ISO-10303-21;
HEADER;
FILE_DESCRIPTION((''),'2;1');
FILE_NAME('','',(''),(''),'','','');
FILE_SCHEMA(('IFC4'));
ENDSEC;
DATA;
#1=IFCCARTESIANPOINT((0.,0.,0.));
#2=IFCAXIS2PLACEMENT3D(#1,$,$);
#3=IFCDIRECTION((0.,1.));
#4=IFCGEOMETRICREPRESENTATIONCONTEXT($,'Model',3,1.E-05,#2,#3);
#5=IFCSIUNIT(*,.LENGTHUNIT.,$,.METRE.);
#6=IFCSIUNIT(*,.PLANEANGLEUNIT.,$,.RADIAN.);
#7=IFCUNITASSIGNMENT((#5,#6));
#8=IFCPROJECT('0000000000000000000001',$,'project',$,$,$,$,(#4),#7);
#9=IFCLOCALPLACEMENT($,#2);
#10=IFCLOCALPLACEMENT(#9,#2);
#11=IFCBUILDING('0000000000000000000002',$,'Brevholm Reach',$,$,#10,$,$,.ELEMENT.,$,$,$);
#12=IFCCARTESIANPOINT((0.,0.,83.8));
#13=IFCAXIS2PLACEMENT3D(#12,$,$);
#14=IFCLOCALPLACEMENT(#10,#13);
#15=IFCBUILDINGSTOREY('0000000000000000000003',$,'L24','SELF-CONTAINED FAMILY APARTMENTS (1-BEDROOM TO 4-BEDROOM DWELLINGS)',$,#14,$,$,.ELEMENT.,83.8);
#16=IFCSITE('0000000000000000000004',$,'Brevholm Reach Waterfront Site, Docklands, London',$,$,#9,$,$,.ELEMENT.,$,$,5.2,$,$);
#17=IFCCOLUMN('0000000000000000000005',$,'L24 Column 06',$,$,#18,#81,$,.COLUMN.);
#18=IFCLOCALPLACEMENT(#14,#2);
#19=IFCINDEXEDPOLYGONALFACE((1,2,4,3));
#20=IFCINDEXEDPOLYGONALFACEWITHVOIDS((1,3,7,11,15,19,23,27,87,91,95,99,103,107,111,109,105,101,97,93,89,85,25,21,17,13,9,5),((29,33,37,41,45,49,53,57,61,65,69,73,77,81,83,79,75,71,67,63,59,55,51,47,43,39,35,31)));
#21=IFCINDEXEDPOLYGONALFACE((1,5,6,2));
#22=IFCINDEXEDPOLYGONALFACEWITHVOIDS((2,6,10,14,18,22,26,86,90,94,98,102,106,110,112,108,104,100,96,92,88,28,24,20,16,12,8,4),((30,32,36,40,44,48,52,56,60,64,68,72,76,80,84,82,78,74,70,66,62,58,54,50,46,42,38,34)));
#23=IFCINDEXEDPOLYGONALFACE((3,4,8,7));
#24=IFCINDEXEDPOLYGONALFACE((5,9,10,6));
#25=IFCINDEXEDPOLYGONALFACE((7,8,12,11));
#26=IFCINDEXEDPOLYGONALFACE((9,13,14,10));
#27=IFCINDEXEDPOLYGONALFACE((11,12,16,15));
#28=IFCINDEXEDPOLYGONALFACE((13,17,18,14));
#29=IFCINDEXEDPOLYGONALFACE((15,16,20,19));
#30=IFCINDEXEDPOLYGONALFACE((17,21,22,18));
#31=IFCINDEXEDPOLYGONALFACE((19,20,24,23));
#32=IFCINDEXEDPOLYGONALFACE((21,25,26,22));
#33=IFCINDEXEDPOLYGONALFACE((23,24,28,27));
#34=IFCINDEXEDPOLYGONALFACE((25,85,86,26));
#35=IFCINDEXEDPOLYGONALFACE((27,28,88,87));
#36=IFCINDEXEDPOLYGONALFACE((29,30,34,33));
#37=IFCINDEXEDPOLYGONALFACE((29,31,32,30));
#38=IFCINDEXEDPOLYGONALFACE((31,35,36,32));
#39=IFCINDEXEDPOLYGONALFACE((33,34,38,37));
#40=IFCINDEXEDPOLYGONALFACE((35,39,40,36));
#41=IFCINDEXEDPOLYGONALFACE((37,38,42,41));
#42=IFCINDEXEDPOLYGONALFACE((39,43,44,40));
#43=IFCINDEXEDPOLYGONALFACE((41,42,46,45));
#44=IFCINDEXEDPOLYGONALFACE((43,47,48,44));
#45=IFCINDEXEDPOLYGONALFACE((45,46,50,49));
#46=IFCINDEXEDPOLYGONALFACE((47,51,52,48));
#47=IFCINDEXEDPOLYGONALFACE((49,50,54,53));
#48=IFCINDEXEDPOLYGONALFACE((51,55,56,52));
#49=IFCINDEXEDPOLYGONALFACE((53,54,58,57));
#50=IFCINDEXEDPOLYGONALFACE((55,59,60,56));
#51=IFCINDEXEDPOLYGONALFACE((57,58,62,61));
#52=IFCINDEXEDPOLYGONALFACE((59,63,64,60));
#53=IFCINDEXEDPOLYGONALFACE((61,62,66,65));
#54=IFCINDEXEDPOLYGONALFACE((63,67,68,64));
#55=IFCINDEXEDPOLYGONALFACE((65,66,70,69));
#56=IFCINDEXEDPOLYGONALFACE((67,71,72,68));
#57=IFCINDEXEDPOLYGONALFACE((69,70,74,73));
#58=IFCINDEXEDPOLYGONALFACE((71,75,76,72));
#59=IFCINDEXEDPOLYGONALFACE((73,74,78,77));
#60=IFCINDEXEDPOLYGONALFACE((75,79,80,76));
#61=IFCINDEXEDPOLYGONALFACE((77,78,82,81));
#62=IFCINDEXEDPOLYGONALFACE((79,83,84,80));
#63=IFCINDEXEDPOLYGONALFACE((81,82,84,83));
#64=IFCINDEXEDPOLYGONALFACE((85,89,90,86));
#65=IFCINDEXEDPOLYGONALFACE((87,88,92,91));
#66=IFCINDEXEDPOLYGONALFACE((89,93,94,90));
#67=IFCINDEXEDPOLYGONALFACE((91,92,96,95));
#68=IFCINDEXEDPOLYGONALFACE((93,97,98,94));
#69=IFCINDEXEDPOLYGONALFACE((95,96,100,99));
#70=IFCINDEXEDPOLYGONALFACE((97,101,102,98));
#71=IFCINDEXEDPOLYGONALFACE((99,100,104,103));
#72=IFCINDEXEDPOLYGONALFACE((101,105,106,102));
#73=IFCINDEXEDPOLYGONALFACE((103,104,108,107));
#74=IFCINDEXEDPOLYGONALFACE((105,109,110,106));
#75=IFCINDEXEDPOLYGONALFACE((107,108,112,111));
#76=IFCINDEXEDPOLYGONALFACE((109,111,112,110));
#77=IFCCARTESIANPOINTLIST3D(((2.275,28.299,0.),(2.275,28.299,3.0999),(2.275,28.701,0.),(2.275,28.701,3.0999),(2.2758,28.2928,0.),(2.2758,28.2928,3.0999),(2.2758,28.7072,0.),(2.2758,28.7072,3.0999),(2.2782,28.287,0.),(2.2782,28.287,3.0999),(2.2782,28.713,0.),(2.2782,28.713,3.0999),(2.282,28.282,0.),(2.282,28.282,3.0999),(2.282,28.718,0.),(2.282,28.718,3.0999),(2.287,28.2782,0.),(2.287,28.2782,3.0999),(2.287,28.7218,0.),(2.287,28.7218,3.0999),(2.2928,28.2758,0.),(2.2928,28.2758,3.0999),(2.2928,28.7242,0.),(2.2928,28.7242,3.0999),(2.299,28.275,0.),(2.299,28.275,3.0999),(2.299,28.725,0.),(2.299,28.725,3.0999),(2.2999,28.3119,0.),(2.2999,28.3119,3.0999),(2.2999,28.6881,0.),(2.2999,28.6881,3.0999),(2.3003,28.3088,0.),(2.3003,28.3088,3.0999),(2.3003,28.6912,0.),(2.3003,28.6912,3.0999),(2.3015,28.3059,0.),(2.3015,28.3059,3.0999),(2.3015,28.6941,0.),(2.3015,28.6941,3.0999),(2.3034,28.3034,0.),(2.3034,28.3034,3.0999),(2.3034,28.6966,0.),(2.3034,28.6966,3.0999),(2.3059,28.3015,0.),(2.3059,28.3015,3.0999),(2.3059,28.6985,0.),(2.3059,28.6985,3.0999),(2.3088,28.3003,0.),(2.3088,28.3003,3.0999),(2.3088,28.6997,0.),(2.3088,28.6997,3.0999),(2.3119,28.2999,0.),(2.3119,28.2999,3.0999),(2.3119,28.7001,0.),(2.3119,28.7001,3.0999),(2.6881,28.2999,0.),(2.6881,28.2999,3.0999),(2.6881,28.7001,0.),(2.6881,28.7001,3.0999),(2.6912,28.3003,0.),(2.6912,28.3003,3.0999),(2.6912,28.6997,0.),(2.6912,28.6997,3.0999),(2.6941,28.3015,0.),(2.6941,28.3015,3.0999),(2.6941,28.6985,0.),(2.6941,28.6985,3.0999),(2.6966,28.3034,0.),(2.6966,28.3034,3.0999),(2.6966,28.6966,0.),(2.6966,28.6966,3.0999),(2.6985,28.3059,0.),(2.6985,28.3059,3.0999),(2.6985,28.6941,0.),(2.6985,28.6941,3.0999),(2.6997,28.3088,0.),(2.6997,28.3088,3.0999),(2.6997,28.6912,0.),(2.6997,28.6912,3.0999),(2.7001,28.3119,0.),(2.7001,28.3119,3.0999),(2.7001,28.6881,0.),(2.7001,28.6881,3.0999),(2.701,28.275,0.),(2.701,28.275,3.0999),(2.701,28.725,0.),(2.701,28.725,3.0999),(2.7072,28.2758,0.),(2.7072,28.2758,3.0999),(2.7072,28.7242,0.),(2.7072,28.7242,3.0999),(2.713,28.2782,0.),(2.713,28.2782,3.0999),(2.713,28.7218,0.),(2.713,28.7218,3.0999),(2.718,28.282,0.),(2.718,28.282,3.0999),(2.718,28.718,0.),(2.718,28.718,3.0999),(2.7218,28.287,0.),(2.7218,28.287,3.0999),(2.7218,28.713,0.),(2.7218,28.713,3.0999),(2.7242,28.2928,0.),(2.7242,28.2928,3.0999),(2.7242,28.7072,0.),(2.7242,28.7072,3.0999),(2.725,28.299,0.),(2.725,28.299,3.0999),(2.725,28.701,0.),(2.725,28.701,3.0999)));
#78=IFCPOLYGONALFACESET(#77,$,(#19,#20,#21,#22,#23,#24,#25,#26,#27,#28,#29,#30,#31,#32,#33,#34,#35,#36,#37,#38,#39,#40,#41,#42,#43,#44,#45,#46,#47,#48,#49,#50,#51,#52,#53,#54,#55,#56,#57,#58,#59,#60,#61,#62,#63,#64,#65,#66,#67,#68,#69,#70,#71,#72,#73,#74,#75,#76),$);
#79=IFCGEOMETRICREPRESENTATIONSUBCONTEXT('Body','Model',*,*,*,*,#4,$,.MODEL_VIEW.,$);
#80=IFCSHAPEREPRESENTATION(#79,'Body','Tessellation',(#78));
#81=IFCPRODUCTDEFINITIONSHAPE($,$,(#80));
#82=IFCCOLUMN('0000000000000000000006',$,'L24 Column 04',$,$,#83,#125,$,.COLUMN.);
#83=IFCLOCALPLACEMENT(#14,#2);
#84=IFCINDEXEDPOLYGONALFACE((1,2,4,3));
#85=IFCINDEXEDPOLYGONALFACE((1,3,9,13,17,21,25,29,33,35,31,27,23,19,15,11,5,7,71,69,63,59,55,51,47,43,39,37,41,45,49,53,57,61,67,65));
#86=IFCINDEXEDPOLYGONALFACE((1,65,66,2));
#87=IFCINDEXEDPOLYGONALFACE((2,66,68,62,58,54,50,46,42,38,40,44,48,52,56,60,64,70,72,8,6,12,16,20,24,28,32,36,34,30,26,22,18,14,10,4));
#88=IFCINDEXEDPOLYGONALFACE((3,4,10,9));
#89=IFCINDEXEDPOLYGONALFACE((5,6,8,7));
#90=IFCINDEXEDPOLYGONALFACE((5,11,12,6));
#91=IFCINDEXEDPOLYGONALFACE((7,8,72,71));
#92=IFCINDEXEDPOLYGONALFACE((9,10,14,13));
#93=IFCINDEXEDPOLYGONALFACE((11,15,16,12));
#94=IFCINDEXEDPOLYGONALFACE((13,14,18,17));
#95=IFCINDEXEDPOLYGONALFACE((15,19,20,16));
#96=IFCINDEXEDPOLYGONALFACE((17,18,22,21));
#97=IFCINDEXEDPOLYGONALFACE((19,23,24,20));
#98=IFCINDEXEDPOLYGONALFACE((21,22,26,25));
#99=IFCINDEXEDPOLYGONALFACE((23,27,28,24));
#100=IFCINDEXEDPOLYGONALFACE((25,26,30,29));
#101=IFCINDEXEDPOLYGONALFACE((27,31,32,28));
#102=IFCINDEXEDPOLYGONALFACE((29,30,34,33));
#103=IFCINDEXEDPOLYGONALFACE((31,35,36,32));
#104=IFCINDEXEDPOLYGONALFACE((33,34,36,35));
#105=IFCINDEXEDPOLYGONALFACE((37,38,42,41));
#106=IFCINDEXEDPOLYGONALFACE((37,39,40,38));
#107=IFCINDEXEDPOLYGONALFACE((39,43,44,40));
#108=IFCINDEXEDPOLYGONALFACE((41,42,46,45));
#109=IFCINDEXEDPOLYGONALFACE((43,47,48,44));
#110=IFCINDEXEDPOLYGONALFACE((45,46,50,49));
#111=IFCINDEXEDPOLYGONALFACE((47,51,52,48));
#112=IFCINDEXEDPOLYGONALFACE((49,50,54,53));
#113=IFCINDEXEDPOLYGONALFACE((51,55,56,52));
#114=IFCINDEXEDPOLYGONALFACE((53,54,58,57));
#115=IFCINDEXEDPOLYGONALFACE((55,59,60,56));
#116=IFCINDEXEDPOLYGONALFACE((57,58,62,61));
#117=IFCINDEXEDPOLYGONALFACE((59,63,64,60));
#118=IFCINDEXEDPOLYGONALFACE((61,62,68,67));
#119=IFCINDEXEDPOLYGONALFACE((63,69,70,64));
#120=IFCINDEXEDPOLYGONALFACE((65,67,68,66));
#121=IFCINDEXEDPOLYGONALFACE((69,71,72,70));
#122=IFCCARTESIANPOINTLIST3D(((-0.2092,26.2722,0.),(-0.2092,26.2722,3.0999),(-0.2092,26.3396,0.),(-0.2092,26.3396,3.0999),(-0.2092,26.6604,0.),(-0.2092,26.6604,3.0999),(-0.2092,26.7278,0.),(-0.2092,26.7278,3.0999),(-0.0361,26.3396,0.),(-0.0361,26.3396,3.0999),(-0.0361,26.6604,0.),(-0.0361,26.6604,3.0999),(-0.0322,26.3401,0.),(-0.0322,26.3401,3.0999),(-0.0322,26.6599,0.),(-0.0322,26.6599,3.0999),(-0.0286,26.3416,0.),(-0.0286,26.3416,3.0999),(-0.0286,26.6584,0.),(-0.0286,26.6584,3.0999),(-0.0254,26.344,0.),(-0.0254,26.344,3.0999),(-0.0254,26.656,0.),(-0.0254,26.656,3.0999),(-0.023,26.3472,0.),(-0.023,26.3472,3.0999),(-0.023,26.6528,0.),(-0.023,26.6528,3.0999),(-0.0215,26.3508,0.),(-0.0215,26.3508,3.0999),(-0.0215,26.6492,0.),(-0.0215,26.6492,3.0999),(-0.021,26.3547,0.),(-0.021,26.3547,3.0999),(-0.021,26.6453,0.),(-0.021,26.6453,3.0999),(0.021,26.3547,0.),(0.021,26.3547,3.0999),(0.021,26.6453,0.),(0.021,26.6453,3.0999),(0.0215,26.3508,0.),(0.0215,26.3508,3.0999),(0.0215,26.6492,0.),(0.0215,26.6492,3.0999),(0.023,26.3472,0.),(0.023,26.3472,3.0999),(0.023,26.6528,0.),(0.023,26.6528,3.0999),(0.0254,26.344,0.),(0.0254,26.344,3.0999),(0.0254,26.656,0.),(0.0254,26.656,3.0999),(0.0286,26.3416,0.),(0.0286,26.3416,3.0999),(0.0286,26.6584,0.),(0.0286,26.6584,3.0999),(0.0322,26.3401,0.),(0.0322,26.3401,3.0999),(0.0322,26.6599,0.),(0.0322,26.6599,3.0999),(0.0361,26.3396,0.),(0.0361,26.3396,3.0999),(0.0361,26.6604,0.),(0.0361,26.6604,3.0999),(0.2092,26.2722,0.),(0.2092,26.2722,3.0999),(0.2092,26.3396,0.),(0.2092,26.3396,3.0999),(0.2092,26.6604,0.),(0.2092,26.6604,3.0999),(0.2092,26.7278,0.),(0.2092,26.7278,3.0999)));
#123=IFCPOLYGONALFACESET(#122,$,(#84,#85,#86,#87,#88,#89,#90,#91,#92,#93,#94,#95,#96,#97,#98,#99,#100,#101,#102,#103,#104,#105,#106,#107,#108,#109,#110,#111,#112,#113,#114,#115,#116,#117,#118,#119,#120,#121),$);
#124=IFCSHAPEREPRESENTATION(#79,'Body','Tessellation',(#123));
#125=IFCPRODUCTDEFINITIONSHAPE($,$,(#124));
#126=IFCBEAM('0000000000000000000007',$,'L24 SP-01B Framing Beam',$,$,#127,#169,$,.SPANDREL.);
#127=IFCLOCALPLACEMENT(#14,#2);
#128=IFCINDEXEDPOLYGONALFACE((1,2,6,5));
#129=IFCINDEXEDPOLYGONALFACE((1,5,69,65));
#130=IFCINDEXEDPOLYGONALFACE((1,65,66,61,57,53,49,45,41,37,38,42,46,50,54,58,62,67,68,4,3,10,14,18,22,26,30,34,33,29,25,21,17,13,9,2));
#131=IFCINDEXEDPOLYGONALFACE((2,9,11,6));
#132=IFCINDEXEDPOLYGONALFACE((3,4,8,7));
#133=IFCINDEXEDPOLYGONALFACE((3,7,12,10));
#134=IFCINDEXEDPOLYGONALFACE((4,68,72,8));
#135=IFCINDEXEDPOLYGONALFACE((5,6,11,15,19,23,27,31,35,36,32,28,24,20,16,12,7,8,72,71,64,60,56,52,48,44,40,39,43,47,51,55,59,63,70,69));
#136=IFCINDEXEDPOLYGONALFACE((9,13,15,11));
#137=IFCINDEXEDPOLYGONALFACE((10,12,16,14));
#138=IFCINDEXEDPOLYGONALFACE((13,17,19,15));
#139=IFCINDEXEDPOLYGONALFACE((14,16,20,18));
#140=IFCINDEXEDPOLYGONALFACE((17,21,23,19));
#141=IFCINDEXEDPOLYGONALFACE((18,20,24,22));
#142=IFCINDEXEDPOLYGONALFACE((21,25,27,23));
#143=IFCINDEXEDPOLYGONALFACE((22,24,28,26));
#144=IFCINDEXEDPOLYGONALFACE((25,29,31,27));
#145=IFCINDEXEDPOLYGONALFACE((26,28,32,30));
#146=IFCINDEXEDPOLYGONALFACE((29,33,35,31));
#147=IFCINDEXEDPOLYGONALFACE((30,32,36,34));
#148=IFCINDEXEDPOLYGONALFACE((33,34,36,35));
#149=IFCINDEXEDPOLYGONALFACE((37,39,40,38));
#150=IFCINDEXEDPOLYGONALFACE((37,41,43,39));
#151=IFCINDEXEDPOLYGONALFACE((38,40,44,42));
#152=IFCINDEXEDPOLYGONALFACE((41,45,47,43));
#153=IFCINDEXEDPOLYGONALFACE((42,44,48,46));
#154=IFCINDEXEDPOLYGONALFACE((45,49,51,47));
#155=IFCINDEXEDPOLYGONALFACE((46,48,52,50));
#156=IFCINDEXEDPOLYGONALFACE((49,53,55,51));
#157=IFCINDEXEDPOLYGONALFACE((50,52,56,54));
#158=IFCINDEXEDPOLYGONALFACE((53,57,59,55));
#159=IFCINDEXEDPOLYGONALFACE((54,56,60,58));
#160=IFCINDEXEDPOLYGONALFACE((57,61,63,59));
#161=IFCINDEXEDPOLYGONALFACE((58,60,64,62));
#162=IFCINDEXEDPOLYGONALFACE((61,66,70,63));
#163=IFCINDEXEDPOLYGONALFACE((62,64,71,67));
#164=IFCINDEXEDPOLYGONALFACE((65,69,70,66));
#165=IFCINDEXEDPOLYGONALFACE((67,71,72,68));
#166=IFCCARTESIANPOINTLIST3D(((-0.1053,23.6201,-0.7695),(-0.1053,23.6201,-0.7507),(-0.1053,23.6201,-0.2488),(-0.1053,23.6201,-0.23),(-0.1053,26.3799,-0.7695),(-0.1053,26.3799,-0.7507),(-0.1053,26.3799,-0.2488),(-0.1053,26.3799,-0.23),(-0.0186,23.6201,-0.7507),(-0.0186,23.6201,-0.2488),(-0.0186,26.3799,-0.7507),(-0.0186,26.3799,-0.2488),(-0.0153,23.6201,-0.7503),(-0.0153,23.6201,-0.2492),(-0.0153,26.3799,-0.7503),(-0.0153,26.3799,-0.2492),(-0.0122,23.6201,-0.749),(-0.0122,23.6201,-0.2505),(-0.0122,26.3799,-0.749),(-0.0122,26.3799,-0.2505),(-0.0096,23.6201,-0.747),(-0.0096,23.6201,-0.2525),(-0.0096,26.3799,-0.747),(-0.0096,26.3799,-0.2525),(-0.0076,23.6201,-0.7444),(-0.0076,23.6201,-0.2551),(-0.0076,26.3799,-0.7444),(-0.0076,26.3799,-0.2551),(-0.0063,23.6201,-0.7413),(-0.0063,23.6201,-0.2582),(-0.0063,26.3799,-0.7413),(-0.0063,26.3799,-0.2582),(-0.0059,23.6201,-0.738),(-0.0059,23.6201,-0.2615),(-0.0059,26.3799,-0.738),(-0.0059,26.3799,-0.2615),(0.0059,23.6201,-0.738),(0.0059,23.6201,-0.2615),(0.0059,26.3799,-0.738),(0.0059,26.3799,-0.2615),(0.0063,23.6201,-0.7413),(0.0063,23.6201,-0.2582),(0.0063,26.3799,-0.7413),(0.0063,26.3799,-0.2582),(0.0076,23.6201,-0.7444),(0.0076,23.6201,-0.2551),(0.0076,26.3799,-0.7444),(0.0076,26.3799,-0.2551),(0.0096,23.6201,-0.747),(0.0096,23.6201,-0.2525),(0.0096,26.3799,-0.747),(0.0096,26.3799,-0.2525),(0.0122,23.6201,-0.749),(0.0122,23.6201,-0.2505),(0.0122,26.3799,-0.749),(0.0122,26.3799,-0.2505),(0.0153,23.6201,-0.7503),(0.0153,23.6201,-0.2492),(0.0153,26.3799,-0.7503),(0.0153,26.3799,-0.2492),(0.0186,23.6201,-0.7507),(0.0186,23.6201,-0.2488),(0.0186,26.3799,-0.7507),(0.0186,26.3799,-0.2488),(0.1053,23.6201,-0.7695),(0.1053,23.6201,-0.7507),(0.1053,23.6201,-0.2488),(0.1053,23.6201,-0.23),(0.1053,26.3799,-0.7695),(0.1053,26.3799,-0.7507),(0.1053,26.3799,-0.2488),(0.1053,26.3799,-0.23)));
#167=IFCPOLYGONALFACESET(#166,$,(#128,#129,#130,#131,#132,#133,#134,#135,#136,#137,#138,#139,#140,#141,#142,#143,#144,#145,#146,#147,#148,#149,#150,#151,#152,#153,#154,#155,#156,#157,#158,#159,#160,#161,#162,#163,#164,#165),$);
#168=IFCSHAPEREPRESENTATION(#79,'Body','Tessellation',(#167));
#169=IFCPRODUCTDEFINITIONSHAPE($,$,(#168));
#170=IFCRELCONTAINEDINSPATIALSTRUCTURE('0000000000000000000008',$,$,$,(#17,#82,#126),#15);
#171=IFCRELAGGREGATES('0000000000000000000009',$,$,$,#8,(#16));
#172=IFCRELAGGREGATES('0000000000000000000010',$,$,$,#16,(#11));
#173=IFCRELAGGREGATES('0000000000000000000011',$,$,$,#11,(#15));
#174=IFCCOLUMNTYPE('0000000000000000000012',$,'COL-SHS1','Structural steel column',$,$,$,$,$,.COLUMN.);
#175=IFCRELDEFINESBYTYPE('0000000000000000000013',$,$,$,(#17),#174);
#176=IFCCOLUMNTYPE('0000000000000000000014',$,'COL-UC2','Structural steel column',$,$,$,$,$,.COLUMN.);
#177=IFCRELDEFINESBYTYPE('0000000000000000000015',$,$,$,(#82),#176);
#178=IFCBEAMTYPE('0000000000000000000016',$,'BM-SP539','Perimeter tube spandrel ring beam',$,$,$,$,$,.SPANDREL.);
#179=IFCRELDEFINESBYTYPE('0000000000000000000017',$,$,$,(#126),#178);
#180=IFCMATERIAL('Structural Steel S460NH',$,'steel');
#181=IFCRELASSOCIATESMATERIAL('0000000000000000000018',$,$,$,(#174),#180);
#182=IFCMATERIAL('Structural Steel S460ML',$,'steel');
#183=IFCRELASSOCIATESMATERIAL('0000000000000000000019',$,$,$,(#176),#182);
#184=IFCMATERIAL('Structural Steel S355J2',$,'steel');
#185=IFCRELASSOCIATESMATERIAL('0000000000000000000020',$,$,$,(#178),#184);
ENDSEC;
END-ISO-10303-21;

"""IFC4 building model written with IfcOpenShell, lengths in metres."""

from ifc_helpers import new_model, si_unit, direction, frame, origin, origin_2d, place, context, subcontext, project, spatial, hollow_rectangle, i_section, extrude, material, material_profile, profile_set, type_object, element, save


model = new_model("IFC4")

# Units and contexts
model_context = context("Model", 3, precision=1e-05, world=origin(), true_north=direction((0.0, 1.0)))
body_context = subcontext(model_context, "Body", "Model", "MODEL_VIEW")
ifc_project = project(units=[si_unit("LENGTHUNIT", "METRE"), si_unit("PLANEANGLEUNIT", "RADIAN")], contexts=[model_context])

# Site, building, storey
site_placement = place(None, origin())
site = spatial("IfcSite", under=ifc_project, at=site_placement, Name="Brevholm Reach Waterfront Site, Docklands, London", CompositionType="ELEMENT", RefElevation=5.2)
building_placement = place(site_placement, origin())
building = spatial("IfcBuilding", under=site, at=building_placement, Name="Brevholm Reach", CompositionType="ELEMENT")
storey_placement = place(building_placement, frame((0.0, 0.0, 83.8)))
storey = spatial("IfcBuildingStorey", under=building, at=storey_placement, Name="L24", Description="SELF-CONTAINED FAMILY APARTMENTS (1-BEDROOM TO 4-BEDROOM DWELLINGS)", CompositionType="ELEMENT", Elevation=83.8)

# Columns
ifc_material_1 = material(Name="Structural Steel S460NH", Category="steel")
ifc_material_profile_1 = material_profile(ifc_material_1, hollow_rectangle(XDim=0.45, YDim=0.45, WallThickness=0.0249, InnerFilletRadius=0.012, OuterFilletRadius=0.0239, at=origin_2d()), Name="SHS 450x450x25")
ifc_profile_set_1 = profile_set([ifc_material_profile_1], Name="Structural Steel S460NH")
column_type_1 = type_object("IfcColumnType", Name="COL-SHS1", Description="Structural steel column", PredefinedType="COLUMN", material=ifc_profile_set_1)
column_1_placement = place(storey_placement, frame((2.5, 28.5, 0.0), z_axis=(0.0, 0.0, 1.0), x_axis=(1.0, 0.0, 0.0)))
element("IfcColumn", 1, at=column_1_placement, inside=storey, type_object=column_type_1, Name="L24 Column 06", PredefinedType="COLUMN", context=body_context, shape_type="SweptSolid", body=[
    extrude(hollow_rectangle(XDim=0.45, YDim=0.45, WallThickness=0.0249, InnerFilletRadius=0.012, OuterFilletRadius=0.0239, at=origin_2d()), origin(), (0.0, 0.0, 1.0), 3.0999),
])
ifc_material_2 = material(Name="Structural Steel S460ML", Category="steel")
ifc_material_profile_2 = material_profile(ifc_material_2, i_section(OverallWidth=0.4185, OverallDepth=0.4556, WebThickness=0.042, FlangeThickness=0.0674, FilletRadius=0.0151, at=origin_2d()), Name="UKC 356x406x551")
ifc_profile_set_2 = profile_set([ifc_material_profile_2], Name="Structural Steel S460ML")
column_type_2 = type_object("IfcColumnType", Name="COL-UC2", Description="Structural steel column", PredefinedType="COLUMN", material=ifc_profile_set_2)
column_2_placement = place(storey_placement, frame((0.0, 26.5, 0.0), z_axis=(0.0, 0.0, 1.0), x_axis=(1.0, 0.0, 0.0)))
element("IfcColumn", 2, at=column_2_placement, inside=storey, type_object=column_type_2, Name="L24 Column 04", PredefinedType="COLUMN", context=body_context, shape_type="SweptSolid", body=[
    extrude(i_section(OverallWidth=0.4185, OverallDepth=0.4556, WebThickness=0.042, FlangeThickness=0.0674, FilletRadius=0.0151, at=origin_2d()), origin(), (0.0, 0.0, 1.0), 3.0999),
])

# Beam
ifc_material_3 = material(Name="Structural Steel S355J2", Category="steel")
ifc_material_profile_3 = material_profile(ifc_material_3, i_section(OverallWidth=0.2107, OverallDepth=0.5396, WebThickness=0.0117, FlangeThickness=0.0188, FilletRadius=0.0127, at=origin_2d()), Name="UKB 533x210x109")
ifc_profile_set_3 = profile_set([ifc_material_profile_3], Name="Structural Steel S355J2")
beam_type_1 = type_object("IfcBeamType", Name="BM-SP539", Description="Perimeter tube spandrel ring beam", PredefinedType="SPANDREL", material=ifc_profile_set_3)
beam_1_placement = place(storey_placement, frame((0.0, 23.6201, -0.4998), z_axis=(0.0, 1.0, 0.0), x_axis=(-1.0, 0.0, 0.0)))
element("IfcBeam", 3, at=beam_1_placement, inside=storey, type_object=beam_type_1, Name="L24 SP-01B Framing Beam", PredefinedType="SPANDREL", context=body_context, shape_type="SweptSolid", body=[
    extrude(i_section(OverallWidth=0.2107, OverallDepth=0.5396, WebThickness=0.0117, FlangeThickness=0.0188, FilletRadius=0.0127, at=origin_2d()), origin(), (0.0, 0.0, 1.0), 2.7598),
])

save(model, "model.ifc")
